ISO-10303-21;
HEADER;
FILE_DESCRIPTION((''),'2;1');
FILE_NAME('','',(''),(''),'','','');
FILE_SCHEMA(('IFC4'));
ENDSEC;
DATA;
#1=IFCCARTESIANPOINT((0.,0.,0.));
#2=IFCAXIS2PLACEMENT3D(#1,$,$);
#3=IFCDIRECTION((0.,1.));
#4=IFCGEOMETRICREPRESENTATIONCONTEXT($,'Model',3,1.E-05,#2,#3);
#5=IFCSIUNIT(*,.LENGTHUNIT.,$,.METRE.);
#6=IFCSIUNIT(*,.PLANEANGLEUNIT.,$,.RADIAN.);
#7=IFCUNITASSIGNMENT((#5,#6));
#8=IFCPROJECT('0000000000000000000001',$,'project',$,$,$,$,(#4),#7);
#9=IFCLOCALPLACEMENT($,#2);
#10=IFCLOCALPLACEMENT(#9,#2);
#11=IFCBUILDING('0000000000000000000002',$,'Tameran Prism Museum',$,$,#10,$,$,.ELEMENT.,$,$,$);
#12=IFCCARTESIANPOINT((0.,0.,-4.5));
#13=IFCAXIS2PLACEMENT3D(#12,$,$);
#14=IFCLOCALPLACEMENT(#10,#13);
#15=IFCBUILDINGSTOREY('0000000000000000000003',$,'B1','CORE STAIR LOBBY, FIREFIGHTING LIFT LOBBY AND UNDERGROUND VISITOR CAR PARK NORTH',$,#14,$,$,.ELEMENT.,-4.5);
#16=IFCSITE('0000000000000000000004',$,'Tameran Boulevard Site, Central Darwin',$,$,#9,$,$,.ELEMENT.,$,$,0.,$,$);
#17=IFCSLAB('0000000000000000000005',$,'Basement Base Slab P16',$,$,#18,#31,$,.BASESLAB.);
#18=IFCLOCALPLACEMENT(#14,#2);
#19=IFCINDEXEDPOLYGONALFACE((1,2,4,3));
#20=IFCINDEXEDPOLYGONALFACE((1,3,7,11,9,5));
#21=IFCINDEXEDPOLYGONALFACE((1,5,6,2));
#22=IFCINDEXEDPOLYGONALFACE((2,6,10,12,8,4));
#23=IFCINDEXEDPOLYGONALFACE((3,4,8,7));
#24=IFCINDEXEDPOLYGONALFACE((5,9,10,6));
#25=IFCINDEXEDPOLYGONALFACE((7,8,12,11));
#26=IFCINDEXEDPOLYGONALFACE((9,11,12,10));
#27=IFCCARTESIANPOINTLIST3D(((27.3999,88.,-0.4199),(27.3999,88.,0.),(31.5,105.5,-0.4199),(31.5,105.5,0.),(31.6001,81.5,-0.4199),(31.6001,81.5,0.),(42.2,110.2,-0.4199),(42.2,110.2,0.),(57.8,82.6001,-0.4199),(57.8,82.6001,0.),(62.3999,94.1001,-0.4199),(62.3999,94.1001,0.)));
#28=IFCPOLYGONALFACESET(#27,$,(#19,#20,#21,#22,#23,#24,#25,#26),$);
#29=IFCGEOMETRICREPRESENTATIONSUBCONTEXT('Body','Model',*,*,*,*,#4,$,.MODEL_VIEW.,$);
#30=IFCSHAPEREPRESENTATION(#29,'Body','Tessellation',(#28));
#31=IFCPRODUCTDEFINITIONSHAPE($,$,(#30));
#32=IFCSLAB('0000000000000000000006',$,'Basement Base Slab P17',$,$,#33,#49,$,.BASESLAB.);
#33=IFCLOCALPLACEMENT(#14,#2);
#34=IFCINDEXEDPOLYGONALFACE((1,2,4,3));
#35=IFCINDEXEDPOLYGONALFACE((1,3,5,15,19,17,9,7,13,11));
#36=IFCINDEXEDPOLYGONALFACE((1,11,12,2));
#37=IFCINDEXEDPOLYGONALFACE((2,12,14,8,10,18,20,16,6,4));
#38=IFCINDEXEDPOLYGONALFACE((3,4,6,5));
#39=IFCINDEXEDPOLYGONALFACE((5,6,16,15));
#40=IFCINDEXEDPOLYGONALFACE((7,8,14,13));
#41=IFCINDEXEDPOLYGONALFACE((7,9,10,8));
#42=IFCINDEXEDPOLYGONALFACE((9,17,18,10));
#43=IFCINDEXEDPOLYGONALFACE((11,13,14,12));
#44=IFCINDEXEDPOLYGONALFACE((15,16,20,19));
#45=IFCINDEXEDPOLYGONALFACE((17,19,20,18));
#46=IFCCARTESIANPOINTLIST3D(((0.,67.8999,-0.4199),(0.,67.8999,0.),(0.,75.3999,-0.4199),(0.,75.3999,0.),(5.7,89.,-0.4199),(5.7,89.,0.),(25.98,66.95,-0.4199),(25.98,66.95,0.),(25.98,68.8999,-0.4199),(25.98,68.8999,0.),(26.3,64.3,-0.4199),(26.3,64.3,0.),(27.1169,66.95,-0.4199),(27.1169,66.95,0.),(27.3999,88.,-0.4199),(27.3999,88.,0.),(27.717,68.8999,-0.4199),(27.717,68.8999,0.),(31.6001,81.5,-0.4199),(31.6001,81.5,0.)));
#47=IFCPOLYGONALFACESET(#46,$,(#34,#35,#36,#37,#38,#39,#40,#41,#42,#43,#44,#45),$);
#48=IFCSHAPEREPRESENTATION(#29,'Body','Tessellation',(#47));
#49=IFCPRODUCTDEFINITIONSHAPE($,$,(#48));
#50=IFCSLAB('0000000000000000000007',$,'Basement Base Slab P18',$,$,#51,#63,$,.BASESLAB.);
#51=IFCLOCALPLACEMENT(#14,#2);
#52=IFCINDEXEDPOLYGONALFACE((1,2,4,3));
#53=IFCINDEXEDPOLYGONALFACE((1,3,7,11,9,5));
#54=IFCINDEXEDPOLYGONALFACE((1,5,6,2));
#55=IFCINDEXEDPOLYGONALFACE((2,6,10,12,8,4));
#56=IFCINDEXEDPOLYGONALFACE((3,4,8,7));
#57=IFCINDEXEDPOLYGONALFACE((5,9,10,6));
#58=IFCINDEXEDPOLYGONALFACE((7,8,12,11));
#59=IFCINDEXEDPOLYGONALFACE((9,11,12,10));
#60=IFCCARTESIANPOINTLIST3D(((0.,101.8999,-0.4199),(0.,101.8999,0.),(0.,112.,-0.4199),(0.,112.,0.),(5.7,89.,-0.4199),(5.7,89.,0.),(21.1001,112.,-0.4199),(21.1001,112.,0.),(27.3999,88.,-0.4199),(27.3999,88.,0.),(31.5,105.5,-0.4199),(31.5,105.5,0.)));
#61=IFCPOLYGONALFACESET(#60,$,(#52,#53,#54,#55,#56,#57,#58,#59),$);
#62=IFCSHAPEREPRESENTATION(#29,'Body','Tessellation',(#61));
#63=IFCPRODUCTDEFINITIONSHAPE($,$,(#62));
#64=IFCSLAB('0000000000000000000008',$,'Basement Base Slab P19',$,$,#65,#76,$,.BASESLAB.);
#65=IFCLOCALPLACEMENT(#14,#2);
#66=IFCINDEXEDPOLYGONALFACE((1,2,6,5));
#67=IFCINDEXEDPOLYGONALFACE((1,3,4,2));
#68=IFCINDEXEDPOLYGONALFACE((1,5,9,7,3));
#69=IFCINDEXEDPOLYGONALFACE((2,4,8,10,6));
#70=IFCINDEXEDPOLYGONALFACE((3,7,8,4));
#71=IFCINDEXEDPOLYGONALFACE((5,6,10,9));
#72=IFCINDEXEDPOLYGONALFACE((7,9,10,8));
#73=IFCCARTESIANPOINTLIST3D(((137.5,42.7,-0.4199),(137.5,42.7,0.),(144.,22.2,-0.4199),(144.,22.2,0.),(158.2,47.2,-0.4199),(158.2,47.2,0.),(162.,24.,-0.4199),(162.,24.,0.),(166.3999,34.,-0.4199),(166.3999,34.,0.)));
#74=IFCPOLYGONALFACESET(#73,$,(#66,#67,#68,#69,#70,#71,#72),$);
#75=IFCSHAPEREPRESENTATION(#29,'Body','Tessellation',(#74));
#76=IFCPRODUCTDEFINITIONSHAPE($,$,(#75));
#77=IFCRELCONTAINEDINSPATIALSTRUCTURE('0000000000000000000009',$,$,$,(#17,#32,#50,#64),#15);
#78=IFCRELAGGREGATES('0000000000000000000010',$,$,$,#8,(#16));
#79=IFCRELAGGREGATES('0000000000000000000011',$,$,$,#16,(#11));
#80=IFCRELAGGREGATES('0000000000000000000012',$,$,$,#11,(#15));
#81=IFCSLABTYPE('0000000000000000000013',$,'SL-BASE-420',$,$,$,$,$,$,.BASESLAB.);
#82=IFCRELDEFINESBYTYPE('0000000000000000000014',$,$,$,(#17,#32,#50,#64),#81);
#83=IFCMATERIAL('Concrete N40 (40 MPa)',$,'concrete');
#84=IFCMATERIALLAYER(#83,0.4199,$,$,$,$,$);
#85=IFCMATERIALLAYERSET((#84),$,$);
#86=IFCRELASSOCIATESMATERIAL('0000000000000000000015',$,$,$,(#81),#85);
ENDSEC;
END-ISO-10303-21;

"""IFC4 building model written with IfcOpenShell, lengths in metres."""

from ifc_helpers import new_model, si_unit, direction, frame, origin, place, context, subcontext, project, spatial, polyline, outline, extrude, material, layer, layer_set, type_object, element, save


model = new_model("IFC4")

# Units and contexts
model_context = context("Model", 3, precision=1e-05, world=origin(), true_north=direction((0.0, 1.0)))
body_context = subcontext(model_context, "Body", "Model", "MODEL_VIEW")
ifc_project = project(units=[si_unit("LENGTHUNIT", "METRE"), si_unit("PLANEANGLEUNIT", "RADIAN")], contexts=[model_context])

# Site, building, storey
site_placement = place(None, origin())
site = spatial("IfcSite", under=ifc_project, at=site_placement, Name="Tameran Boulevard Site, Central Darwin", CompositionType="ELEMENT", RefElevation=0.0)
building_placement = place(site_placement, origin())
building = spatial("IfcBuilding", under=site, at=building_placement, Name="Tameran Prism Museum", CompositionType="ELEMENT")
storey_placement = place(building_placement, frame((0.0, 0.0, -4.5)))
storey = spatial("IfcBuildingStorey", under=building, at=storey_placement, Name="B1", Description="CORE STAIR LOBBY, FIREFIGHTING LIFT LOBBY AND UNDERGROUND VISITOR CAR PARK NORTH", CompositionType="ELEMENT", Elevation=-4.5)

# Slabs
ifc_material_1 = material(Name="Concrete N40 (40 MPa)", Category="concrete")
ifc_layer_1 = layer(ifc_material_1, 0.4199)
ifc_layer_set_1 = layer_set([ifc_layer_1])
slab_type_1 = type_object("IfcSlabType", Name="SL-BASE-420", PredefinedType="BASESLAB", material=ifc_layer_set_1)
slab_1_placement = place(storey_placement, frame((0.0, 0.0, -0.4199)))
element("IfcSlab", 1, at=slab_1_placement, inside=storey, type_object=slab_type_1, Name="Basement Base Slab P16", PredefinedType="BASESLAB", context=body_context, shape_type="SweptSolid", body=[
    extrude(outline(polyline([(31.6001, 81.5), (57.8, 82.6001), (62.3999, 94.1001), (42.2, 110.2), (31.5, 105.5), (27.3999, 88.0), (31.6001, 81.5)])), origin(), (0.0, 0.0, 1.0), 0.4199),
])
slab_2_placement = place(storey_placement, frame((0.0, 0.0, -0.4199)))
element("IfcSlab", 2, at=slab_2_placement, inside=storey, type_object=slab_type_1, Name="Basement Base Slab P17", PredefinedType="BASESLAB", context=body_context, shape_type="SweptSolid", body=[
    extrude(outline(polyline([(26.3, 64.3), (0.0, 67.8999), (0.0, 75.3999), (5.7, 89.0), (27.3999, 88.0), (31.6001, 81.5), (27.717, 68.8999), (25.98, 68.8999), (25.98, 66.95), (27.1169, 66.95), (26.3, 64.3)])), origin(), (0.0, 0.0, 1.0), 0.4199),
])
slab_3_placement = place(storey_placement, frame((0.0, 0.0, -0.4199)))
element("IfcSlab", 3, at=slab_3_placement, inside=storey, type_object=slab_type_1, Name="Basement Base Slab P18", PredefinedType="BASESLAB", context=body_context, shape_type="SweptSolid", body=[
    extrude(outline(polyline([(5.7, 89.0), (27.3999, 88.0), (31.5, 105.5), (21.1001, 112.0), (0.0, 112.0), (0.0, 101.8999), (5.7, 89.0)])), origin(), (0.0, 0.0, 1.0), 0.4199),
])
slab_4_placement = place(storey_placement, frame((0.0, 0.0, -0.4199)))
element("IfcSlab", 4, at=slab_4_placement, inside=storey, type_object=slab_type_1, Name="Basement Base Slab P19", PredefinedType="BASESLAB", context=body_context, shape_type="SweptSolid", body=[
    extrude(outline(polyline([(144.0, 22.2), (162.0, 24.0), (166.3999, 34.0), (158.2, 47.2), (137.5, 42.7), (144.0, 22.2)])), origin(), (0.0, 0.0, 1.0), 0.4199),
])

save(model, "model.ifc")
